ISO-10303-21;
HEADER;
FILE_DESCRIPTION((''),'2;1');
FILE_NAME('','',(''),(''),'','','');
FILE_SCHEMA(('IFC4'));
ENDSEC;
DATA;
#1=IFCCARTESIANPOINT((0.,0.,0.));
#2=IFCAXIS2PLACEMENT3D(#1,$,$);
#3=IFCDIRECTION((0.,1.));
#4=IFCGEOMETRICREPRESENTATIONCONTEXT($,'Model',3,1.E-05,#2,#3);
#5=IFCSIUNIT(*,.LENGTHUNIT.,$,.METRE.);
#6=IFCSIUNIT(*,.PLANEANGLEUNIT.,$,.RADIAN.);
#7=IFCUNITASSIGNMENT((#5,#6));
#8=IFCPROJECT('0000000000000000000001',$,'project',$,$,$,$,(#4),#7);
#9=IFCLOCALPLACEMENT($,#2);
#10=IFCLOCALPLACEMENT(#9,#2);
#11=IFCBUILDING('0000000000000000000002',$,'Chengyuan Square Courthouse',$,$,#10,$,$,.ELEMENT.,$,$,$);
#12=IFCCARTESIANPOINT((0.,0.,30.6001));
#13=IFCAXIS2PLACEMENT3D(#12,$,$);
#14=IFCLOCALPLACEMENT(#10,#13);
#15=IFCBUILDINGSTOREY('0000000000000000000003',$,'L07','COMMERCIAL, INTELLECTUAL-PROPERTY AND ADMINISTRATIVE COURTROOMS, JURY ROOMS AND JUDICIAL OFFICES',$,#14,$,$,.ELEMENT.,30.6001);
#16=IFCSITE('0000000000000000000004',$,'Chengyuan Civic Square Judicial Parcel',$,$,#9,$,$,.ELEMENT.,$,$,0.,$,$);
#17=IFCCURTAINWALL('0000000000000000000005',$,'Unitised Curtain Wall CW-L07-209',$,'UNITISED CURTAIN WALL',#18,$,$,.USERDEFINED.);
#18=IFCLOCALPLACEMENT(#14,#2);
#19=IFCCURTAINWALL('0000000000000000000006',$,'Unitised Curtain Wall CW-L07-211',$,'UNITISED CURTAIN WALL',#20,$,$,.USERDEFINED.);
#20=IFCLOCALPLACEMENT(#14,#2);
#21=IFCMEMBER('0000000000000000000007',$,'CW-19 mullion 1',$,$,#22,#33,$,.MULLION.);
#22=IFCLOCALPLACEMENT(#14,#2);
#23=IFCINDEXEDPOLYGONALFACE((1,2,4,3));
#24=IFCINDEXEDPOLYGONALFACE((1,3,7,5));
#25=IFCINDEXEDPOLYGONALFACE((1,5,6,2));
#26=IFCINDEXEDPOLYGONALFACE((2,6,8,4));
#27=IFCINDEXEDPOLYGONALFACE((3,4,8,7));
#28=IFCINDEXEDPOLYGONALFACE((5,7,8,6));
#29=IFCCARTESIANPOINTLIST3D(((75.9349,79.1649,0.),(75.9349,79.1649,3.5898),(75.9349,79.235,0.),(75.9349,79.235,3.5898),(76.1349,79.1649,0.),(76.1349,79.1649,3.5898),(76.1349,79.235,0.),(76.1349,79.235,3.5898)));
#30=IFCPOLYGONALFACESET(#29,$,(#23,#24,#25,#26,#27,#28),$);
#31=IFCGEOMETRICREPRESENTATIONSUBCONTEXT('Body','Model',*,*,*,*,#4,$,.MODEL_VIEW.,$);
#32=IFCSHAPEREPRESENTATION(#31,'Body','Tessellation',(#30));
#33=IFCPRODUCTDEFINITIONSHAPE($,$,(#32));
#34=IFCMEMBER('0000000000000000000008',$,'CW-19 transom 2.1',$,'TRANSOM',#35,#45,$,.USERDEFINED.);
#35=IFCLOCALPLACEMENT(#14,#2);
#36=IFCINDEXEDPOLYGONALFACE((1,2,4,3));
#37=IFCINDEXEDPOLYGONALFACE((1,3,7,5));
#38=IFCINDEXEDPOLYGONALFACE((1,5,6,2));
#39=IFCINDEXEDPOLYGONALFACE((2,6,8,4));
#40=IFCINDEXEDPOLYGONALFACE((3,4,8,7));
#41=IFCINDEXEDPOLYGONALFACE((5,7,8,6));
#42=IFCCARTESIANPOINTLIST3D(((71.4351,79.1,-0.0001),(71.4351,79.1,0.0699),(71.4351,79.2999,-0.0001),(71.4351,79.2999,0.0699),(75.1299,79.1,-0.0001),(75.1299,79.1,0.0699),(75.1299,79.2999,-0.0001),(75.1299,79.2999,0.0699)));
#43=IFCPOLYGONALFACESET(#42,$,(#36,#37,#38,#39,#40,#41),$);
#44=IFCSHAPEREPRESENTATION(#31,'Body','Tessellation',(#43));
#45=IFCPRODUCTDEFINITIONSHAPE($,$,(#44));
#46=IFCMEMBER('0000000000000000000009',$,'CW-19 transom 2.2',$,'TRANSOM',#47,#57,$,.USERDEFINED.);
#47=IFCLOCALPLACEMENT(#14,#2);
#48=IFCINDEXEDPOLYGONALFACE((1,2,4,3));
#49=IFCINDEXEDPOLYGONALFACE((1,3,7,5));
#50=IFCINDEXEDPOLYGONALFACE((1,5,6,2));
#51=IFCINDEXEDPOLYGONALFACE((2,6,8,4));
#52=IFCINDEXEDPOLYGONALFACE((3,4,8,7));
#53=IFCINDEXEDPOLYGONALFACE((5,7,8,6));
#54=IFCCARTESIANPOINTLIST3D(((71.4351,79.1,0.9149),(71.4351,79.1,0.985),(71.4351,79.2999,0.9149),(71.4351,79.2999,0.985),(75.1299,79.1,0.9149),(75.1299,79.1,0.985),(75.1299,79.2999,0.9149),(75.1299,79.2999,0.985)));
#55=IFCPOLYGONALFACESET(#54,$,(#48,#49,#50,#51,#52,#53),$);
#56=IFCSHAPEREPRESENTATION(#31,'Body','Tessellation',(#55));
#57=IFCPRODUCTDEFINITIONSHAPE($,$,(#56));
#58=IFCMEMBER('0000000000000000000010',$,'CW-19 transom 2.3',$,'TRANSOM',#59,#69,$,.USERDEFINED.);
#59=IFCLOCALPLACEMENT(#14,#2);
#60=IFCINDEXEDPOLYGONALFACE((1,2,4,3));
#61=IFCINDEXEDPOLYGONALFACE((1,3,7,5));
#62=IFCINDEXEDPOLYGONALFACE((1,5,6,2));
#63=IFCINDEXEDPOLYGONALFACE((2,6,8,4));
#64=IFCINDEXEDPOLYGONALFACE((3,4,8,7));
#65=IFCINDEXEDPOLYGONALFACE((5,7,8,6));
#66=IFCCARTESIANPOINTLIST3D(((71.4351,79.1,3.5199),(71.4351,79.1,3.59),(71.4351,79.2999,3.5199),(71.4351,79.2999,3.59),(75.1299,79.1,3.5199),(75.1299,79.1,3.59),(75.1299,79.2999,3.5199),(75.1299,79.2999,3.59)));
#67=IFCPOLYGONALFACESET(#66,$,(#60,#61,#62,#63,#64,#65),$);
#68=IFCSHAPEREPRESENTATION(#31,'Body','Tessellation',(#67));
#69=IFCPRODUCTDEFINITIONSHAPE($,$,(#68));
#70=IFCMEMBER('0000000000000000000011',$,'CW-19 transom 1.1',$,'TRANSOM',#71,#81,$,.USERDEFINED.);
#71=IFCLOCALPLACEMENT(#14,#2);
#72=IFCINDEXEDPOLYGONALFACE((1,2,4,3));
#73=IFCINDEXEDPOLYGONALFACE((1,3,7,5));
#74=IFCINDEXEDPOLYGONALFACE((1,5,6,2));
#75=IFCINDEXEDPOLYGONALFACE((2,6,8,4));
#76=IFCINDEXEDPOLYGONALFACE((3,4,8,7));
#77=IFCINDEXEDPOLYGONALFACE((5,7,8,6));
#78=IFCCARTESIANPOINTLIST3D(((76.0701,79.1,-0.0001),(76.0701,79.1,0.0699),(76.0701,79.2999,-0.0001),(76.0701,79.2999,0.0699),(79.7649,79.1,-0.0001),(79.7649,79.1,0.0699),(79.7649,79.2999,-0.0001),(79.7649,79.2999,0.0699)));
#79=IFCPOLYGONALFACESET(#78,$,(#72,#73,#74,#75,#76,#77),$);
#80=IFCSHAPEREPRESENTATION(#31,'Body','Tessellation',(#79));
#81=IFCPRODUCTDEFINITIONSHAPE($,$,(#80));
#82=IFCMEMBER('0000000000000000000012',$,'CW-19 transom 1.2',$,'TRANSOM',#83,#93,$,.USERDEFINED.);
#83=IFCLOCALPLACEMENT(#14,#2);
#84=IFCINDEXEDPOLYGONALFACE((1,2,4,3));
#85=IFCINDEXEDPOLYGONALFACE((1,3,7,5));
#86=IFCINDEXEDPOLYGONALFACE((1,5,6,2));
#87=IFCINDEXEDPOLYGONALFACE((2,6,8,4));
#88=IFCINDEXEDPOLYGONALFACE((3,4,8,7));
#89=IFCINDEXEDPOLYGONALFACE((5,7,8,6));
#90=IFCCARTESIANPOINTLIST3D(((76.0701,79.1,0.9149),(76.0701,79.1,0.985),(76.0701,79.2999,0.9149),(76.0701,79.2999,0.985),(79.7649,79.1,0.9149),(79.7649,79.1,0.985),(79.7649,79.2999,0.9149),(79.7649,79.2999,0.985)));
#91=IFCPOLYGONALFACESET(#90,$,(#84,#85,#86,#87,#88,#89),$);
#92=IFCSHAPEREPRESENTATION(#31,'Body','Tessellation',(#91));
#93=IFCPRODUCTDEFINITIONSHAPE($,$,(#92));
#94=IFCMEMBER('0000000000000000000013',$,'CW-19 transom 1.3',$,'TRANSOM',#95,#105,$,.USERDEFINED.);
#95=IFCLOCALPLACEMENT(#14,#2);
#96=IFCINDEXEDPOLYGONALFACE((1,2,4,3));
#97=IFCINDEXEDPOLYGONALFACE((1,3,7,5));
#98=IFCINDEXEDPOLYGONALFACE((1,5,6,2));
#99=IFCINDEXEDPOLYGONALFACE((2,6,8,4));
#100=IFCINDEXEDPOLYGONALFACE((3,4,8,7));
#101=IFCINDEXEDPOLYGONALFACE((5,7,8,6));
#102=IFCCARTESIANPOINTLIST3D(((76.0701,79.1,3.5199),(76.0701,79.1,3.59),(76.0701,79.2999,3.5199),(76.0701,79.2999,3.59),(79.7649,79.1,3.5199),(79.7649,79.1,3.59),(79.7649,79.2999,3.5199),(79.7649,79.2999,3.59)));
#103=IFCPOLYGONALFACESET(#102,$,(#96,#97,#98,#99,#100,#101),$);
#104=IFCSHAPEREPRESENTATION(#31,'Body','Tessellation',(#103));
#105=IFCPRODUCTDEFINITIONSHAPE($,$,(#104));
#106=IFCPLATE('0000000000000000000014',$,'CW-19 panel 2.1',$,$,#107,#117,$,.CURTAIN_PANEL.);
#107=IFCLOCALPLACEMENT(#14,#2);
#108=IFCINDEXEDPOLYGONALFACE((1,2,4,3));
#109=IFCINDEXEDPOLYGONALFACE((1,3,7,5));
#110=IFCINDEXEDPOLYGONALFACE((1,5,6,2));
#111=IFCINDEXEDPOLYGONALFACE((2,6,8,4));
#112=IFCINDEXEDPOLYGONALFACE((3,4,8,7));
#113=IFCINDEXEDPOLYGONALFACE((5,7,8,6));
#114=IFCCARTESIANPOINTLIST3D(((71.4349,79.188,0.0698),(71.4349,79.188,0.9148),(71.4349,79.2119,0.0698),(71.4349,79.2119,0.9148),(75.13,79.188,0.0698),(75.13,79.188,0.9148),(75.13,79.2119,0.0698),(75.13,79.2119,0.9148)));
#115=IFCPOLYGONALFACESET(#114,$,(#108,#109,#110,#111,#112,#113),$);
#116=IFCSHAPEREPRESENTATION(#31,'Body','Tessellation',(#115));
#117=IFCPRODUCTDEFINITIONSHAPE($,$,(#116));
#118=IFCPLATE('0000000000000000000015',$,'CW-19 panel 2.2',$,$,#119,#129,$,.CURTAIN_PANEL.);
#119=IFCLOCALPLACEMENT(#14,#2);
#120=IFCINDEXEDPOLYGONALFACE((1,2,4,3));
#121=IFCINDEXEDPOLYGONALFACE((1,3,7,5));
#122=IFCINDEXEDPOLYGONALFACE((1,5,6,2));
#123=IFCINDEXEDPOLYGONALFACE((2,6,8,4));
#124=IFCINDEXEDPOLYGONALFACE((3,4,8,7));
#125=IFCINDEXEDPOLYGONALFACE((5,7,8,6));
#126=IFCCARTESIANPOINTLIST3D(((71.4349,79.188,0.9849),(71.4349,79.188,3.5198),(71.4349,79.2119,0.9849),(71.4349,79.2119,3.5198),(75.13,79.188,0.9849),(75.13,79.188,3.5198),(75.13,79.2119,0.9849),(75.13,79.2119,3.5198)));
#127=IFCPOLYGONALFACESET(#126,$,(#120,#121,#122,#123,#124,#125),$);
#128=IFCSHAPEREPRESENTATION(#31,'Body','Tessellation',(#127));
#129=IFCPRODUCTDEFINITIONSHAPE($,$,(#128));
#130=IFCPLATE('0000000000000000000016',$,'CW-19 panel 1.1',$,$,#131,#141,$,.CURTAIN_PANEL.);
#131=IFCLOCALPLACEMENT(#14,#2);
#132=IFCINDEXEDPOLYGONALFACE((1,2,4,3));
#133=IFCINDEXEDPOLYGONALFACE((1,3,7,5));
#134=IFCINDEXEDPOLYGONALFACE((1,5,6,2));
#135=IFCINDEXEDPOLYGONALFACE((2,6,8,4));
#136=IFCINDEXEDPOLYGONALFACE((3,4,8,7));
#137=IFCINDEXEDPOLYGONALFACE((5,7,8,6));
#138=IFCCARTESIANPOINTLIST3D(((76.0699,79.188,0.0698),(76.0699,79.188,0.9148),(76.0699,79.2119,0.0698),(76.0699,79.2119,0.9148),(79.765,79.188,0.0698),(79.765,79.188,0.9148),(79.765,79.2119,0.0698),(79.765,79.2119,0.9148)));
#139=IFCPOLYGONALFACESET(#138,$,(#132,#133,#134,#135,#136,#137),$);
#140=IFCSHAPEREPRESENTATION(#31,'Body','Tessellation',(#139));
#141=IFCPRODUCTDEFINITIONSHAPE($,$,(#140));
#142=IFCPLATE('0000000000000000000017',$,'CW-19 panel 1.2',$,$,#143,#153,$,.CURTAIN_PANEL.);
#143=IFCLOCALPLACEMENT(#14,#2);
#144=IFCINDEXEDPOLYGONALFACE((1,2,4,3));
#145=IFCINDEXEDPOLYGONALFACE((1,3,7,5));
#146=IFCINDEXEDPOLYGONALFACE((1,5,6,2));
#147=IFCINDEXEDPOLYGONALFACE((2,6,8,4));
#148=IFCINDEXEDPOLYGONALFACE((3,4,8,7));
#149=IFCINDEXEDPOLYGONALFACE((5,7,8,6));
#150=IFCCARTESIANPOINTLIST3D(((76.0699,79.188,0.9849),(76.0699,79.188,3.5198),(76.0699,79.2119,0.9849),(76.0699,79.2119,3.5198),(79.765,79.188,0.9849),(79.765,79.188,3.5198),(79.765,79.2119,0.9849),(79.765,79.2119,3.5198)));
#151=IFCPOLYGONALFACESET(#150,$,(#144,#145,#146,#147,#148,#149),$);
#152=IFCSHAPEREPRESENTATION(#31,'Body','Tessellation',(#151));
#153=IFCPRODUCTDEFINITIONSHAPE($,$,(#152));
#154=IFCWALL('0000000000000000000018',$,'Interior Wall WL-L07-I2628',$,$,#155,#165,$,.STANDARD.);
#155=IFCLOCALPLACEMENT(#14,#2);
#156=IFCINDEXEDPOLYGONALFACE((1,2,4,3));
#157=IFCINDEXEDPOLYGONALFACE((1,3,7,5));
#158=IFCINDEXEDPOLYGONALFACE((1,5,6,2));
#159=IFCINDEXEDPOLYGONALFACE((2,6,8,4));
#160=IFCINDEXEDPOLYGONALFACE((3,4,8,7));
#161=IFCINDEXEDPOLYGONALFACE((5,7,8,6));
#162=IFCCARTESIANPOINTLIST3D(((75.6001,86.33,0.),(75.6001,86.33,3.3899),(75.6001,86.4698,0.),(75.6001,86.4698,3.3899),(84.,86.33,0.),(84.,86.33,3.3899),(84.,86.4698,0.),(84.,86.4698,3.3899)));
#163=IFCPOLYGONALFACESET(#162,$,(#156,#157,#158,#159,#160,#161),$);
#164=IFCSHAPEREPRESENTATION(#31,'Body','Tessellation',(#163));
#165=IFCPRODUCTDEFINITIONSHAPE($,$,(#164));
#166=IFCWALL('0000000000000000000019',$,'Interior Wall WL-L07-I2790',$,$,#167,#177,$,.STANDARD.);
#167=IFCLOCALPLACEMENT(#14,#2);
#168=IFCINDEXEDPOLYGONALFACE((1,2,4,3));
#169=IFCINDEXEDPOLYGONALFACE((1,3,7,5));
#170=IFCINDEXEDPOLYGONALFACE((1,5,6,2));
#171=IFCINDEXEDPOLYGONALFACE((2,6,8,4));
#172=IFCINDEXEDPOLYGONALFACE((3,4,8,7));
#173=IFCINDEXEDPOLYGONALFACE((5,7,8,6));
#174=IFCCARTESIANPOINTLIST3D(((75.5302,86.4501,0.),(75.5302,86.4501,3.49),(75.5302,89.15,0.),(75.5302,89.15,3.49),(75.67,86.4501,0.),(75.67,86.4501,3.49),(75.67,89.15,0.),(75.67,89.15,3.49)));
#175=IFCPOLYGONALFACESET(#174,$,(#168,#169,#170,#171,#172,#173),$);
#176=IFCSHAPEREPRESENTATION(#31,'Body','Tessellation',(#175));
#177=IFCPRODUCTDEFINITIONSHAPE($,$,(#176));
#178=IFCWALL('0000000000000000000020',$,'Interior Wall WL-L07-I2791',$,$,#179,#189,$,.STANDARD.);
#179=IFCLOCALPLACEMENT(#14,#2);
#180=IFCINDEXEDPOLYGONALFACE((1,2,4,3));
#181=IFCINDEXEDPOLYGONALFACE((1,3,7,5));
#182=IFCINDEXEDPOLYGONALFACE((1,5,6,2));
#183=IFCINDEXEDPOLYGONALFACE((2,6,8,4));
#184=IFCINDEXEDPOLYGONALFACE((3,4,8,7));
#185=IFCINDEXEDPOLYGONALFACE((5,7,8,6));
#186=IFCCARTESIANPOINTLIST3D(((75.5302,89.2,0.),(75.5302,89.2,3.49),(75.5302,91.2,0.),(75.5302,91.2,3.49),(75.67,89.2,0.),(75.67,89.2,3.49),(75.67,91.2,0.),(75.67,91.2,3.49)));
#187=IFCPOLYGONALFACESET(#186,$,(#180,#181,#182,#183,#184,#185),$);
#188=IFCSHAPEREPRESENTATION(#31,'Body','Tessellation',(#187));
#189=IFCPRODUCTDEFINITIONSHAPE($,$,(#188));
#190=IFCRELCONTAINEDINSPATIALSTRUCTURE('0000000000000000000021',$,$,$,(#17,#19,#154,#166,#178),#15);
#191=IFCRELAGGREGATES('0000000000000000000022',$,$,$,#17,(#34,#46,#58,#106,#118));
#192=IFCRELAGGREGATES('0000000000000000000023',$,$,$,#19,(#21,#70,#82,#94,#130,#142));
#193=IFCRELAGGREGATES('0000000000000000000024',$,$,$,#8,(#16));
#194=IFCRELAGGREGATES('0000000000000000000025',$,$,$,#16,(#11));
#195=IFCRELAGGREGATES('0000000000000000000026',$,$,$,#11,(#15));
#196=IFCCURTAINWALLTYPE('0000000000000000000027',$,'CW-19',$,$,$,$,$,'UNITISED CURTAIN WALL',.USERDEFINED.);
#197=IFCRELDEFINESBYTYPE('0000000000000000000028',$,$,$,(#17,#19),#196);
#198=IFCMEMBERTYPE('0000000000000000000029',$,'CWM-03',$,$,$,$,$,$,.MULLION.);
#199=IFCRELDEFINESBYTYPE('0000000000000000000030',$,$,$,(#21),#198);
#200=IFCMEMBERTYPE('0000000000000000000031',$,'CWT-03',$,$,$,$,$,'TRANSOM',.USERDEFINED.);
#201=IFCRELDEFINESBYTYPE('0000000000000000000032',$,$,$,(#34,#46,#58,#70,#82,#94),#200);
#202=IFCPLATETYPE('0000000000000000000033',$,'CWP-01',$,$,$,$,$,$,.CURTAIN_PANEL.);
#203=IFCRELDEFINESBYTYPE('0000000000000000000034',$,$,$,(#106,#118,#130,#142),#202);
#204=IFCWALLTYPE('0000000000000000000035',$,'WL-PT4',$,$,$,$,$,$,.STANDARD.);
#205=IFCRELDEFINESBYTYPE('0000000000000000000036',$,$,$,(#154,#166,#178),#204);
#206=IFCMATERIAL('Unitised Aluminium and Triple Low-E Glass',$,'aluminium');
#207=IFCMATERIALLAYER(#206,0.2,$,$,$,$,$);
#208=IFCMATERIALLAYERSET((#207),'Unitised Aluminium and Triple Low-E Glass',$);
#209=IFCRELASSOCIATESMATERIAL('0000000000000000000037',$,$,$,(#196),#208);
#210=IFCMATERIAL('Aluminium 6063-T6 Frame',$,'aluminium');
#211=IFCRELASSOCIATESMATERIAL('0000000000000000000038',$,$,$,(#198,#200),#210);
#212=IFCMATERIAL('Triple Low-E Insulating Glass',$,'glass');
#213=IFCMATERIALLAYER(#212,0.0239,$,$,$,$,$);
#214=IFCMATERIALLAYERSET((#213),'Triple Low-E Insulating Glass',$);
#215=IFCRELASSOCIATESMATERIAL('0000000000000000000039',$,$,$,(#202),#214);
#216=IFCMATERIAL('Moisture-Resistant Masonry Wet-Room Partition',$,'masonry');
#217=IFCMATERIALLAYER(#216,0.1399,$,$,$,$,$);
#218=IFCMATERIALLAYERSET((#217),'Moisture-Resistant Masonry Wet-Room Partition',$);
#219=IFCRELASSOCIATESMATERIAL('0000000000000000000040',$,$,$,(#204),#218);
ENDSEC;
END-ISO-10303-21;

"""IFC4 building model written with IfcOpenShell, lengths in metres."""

from ifc_helpers import new_model, si_unit, direction, frame, frame_2d, origin, origin_2d, place, context, subcontext, project, spatial, rectangle, extrude, material, layer, layer_set, material_profile, profile_set, type_object, element, aggregate, save


model = new_model("IFC4")

# Units and contexts
model_context = context("Model", 3, precision=1e-05, world=origin(), true_north=direction((0.0, 1.0)))
body_context = subcontext(model_context, "Body", "Model", "MODEL_VIEW")
ifc_project = project(units=[si_unit("LENGTHUNIT", "METRE"), si_unit("PLANEANGLEUNIT", "RADIAN")], contexts=[model_context])

# Site, building, storey
site_placement = place(None, origin())
site = spatial("IfcSite", under=ifc_project, at=site_placement, Name="Chengyuan Civic Square Judicial Parcel", CompositionType="ELEMENT", RefElevation=0.0)
building_placement = place(site_placement, origin())
building = spatial("IfcBuilding", under=site, at=building_placement, Name="Chengyuan Square Courthouse", CompositionType="ELEMENT")
storey_placement = place(building_placement, frame((0.0, 0.0, 30.6001)))
storey = spatial("IfcBuildingStorey", under=building, at=storey_placement, Name="L07", Description="COMMERCIAL, INTELLECTUAL-PROPERTY AND ADMINISTRATIVE COURTROOMS, JURY ROOMS AND JUDICIAL OFFICES", CompositionType="ELEMENT", Elevation=30.6001)

# Curtain wall
ifc_material_1 = material(Name="Unitised Aluminium and Triple Low-E Glass", Category="aluminium")
ifc_layer_1 = layer(ifc_material_1, 0.2)
ifc_layer_set_1 = layer_set([ifc_layer_1], Name="Unitised Aluminium and Triple Low-E Glass")
curtain_wall_type = type_object("IfcCurtainWallType", Name="CW-19", ElementType="UNITISED CURTAIN WALL", PredefinedType="USERDEFINED", material=ifc_layer_set_1)
curtain_wall_1_placement = place(storey_placement, origin())
curtain_wall_1 = element("IfcCurtainWall", 1, at=curtain_wall_1_placement, inside=storey, type_object=curtain_wall_type, Name="Unitised Curtain Wall CW-L07-209", ObjectType="UNITISED CURTAIN WALL", PredefinedType="USERDEFINED")
ifc_material_2 = material(Name="Aluminium 6063-T6 Frame", Category="aluminium")
ifc_material_profile_1 = material_profile(ifc_material_2, rectangle(XDim=0.0701, YDim=0.2, at=origin_2d()), Name="CW-MUL-70x200")
ifc_profile_set_1 = profile_set([ifc_material_profile_1], Name="Aluminium 6063-T6 Frame")
member_type_1 = type_object("IfcMemberType", Name="CWM-03", PredefinedType="MULLION", material=ifc_profile_set_1)

# Curtain wall, member
curtain_wall_2_placement = place(storey_placement, origin())
curtain_wall_2 = element("IfcCurtainWall", 2, at=curtain_wall_2_placement, inside=storey, type_object=curtain_wall_type, Name="Unitised Curtain Wall CW-L07-211", ObjectType="UNITISED CURTAIN WALL", PredefinedType="USERDEFINED")
member_1_placement = place(storey_placement, frame((76.0349, 79.2, 0.0), z_axis=(0.0, 0.0, 1.0), x_axis=(0.0, 1.0, 0.0)))
member_1 = element("IfcMember", 3, at=member_1_placement, type_object=member_type_1, Name="CW-19 mullion 1", PredefinedType="MULLION", context=body_context, shape_type="SweptSolid", body=[
    extrude(rectangle(XDim=0.0701, YDim=0.2, at=origin_2d()), origin(), (0.0, 0.0, 1.0), 3.5898),
])

# Members
ifc_material_profile_2 = material_profile(ifc_material_2, rectangle(XDim=0.2, YDim=0.0701, at=origin_2d()), Name="CW-TRN-70x160")
ifc_profile_set_2 = profile_set([ifc_material_profile_2], Name="Aluminium 6063-T6 Frame")
member_type_2 = type_object("IfcMemberType", Name="CWT-03", ElementType="TRANSOM", PredefinedType="USERDEFINED", material=ifc_profile_set_2)
member_2_placement = place(storey_placement, frame((71.4351, 79.2, 0.0349), z_axis=(1.0, 0.0, 0.0), x_axis=(0.0, 1.0, 0.0)))
member_2 = element("IfcMember", 4, at=member_2_placement, type_object=member_type_2, Name="CW-19 transom 2.1", ObjectType="TRANSOM", PredefinedType="USERDEFINED", context=body_context, shape_type="SweptSolid", body=[
    extrude(rectangle(XDim=0.2, YDim=0.0701, at=origin_2d()), origin(), (0.0, 0.0, 1.0), 3.6948),
])
member_3_placement = place(storey_placement, frame((71.4351, 79.2, 0.95), z_axis=(1.0, 0.0, 0.0), x_axis=(0.0, 1.0, 0.0)))
member_3 = element("IfcMember", 5, at=member_3_placement, type_object=member_type_2, Name="CW-19 transom 2.2", ObjectType="TRANSOM", PredefinedType="USERDEFINED", context=body_context, shape_type="SweptSolid", body=[
    extrude(rectangle(XDim=0.2, YDim=0.0701, at=origin_2d()), origin(), (0.0, 0.0, 1.0), 3.6948),
])
member_4_placement = place(storey_placement, frame((71.4351, 79.2, 3.5549), z_axis=(1.0, 0.0, 0.0), x_axis=(0.0, 1.0, 0.0)))
member_4 = element("IfcMember", 6, at=member_4_placement, type_object=member_type_2, Name="CW-19 transom 2.3", ObjectType="TRANSOM", PredefinedType="USERDEFINED", context=body_context, shape_type="SweptSolid", body=[
    extrude(rectangle(XDim=0.2, YDim=0.0701, at=origin_2d()), origin(), (0.0, 0.0, 1.0), 3.6948),
])
member_5_placement = place(storey_placement, frame((76.0701, 79.2, 0.0349), z_axis=(1.0, 0.0, 0.0), x_axis=(0.0, 1.0, 0.0)))
member_5 = element("IfcMember", 7, at=member_5_placement, type_object=member_type_2, Name="CW-19 transom 1.1", ObjectType="TRANSOM", PredefinedType="USERDEFINED", context=body_context, shape_type="SweptSolid", body=[
    extrude(rectangle(XDim=0.2, YDim=0.0701, at=origin_2d()), origin(), (0.0, 0.0, 1.0), 3.6948),
])
member_6_placement = place(storey_placement, frame((76.0701, 79.2, 0.95), z_axis=(1.0, 0.0, 0.0), x_axis=(0.0, 1.0, 0.0)))
member_6 = element("IfcMember", 8, at=member_6_placement, type_object=member_type_2, Name="CW-19 transom 1.2", ObjectType="TRANSOM", PredefinedType="USERDEFINED", context=body_context, shape_type="SweptSolid", body=[
    extrude(rectangle(XDim=0.2, YDim=0.0701, at=origin_2d()), origin(), (0.0, 0.0, 1.0), 3.6948),
])
member_7_placement = place(storey_placement, frame((76.0701, 79.2, 3.5549), z_axis=(1.0, 0.0, 0.0), x_axis=(0.0, 1.0, 0.0)))
member_7 = element("IfcMember", 9, at=member_7_placement, type_object=member_type_2, Name="CW-19 transom 1.3", ObjectType="TRANSOM", PredefinedType="USERDEFINED", context=body_context, shape_type="SweptSolid", body=[
    extrude(rectangle(XDim=0.2, YDim=0.0701, at=origin_2d()), origin(), (0.0, 0.0, 1.0), 3.6948),
])

# Plates
ifc_material_3 = material(Name="Triple Low-E Insulating Glass", Category="glass")
ifc_layer_2 = layer(ifc_material_3, 0.0239)
ifc_layer_set_2 = layer_set([ifc_layer_2], Name="Triple Low-E Insulating Glass")
plate_type = type_object("IfcPlateType", Name="CWP-01", PredefinedType="CURTAIN_PANEL", material=ifc_layer_set_2)
plate_1_placement = place(storey_placement, frame((73.2825, 79.2, 0.0698), z_axis=(0.0, 0.0, 1.0), x_axis=(1.0, 0.0, 0.0)))
plate_1 = element("IfcPlate", 10, at=plate_1_placement, type_object=plate_type, Name="CW-19 panel 2.1", PredefinedType="CURTAIN_PANEL", context=body_context, shape_type="SweptSolid", body=[
    extrude(rectangle(XDim=3.6951, YDim=0.0239, at=origin_2d()), origin(), (0.0, 0.0, 1.0), 0.845),
])
plate_2_placement = place(storey_placement, frame((73.2825, 79.2, 0.9849), z_axis=(0.0, 0.0, 1.0), x_axis=(1.0, 0.0, 0.0)))
plate_2 = element("IfcPlate", 11, at=plate_2_placement, type_object=plate_type, Name="CW-19 panel 2.2", PredefinedType="CURTAIN_PANEL", context=body_context, shape_type="SweptSolid", body=[
    extrude(rectangle(XDim=3.6951, YDim=0.0239, at=origin_2d()), origin(), (0.0, 0.0, 1.0), 2.5349),
])
aggregate(curtain_wall_1, [member_2, member_3, member_4, plate_1, plate_2])
plate_3_placement = place(storey_placement, frame((77.9175, 79.2, 0.0698), z_axis=(0.0, 0.0, 1.0), x_axis=(1.0, 0.0, 0.0)))
plate_3 = element("IfcPlate", 12, at=plate_3_placement, type_object=plate_type, Name="CW-19 panel 1.1", PredefinedType="CURTAIN_PANEL", context=body_context, shape_type="SweptSolid", body=[
    extrude(rectangle(XDim=3.6951, YDim=0.0239, at=origin_2d()), origin(), (0.0, 0.0, 1.0), 0.845),
])
plate_4_placement = place(storey_placement, frame((77.9175, 79.2, 0.9849), z_axis=(0.0, 0.0, 1.0), x_axis=(1.0, 0.0, 0.0)))
plate_4 = element("IfcPlate", 13, at=plate_4_placement, type_object=plate_type, Name="CW-19 panel 1.2", PredefinedType="CURTAIN_PANEL", context=body_context, shape_type="SweptSolid", body=[
    extrude(rectangle(XDim=3.6951, YDim=0.0239, at=origin_2d()), origin(), (0.0, 0.0, 1.0), 2.5349),
])
aggregate(curtain_wall_2, [member_1, member_5, member_6, member_7, plate_3, plate_4])

# Walls
ifc_material_4 = material(Name="Moisture-Resistant Masonry Wet-Room Partition", Category="masonry")
ifc_layer_3 = layer(ifc_material_4, 0.1399)
ifc_layer_set_3 = layer_set([ifc_layer_3], Name="Moisture-Resistant Masonry Wet-Room Partition")
wall_type_1 = type_object("IfcWallType", Name="WL-PT4", PredefinedType="STANDARD", material=ifc_layer_set_3)
wall_1_placement = place(storey_placement, frame((75.6001, 86.3999, 0.0), z_axis=(0.0, 0.0, 1.0), x_axis=(1.0, 0.0, 0.0)))
element("IfcWall", 14, at=wall_1_placement, inside=storey, type_object=wall_type_1, Name="Interior Wall WL-L07-I2628", PredefinedType="STANDARD", context=body_context, shape_type="SweptSolid", body=[
    extrude(rectangle(XDim=8.3999, YDim=0.1399, at=frame_2d((4.2, 0.0))), origin(), (0.0, 0.0, 1.0), 3.3899),
])
wall_2_placement = place(storey_placement, frame((75.6001, 86.45, 0.0), z_axis=(0.0, 0.0, 1.0), x_axis=(0.0, 1.0, 0.0)))
element("IfcWall", 15, at=wall_2_placement, inside=storey, type_object=wall_type_1, Name="Interior Wall WL-L07-I2790", PredefinedType="STANDARD", context=body_context, shape_type="SweptSolid", body=[
    extrude(rectangle(XDim=2.7, YDim=0.1399, at=frame_2d((1.3501, 0.0))), origin(), (0.0, 0.0, 1.0), 3.49),
])
wall_3_placement = place(storey_placement, frame((75.6001, 89.2, 0.0), z_axis=(0.0, 0.0, 1.0), x_axis=(0.0, 1.0, 0.0)))
element("IfcWall", 16, at=wall_3_placement, inside=storey, type_object=wall_type_1, Name="Interior Wall WL-L07-I2791", PredefinedType="STANDARD", context=body_context, shape_type="SweptSolid", body=[
    extrude(rectangle(XDim=2.0, YDim=0.1399, at=frame_2d((1.0, 0.0))), origin(), (0.0, 0.0, 1.0), 3.49),
])

save(model, "model.ifc")
